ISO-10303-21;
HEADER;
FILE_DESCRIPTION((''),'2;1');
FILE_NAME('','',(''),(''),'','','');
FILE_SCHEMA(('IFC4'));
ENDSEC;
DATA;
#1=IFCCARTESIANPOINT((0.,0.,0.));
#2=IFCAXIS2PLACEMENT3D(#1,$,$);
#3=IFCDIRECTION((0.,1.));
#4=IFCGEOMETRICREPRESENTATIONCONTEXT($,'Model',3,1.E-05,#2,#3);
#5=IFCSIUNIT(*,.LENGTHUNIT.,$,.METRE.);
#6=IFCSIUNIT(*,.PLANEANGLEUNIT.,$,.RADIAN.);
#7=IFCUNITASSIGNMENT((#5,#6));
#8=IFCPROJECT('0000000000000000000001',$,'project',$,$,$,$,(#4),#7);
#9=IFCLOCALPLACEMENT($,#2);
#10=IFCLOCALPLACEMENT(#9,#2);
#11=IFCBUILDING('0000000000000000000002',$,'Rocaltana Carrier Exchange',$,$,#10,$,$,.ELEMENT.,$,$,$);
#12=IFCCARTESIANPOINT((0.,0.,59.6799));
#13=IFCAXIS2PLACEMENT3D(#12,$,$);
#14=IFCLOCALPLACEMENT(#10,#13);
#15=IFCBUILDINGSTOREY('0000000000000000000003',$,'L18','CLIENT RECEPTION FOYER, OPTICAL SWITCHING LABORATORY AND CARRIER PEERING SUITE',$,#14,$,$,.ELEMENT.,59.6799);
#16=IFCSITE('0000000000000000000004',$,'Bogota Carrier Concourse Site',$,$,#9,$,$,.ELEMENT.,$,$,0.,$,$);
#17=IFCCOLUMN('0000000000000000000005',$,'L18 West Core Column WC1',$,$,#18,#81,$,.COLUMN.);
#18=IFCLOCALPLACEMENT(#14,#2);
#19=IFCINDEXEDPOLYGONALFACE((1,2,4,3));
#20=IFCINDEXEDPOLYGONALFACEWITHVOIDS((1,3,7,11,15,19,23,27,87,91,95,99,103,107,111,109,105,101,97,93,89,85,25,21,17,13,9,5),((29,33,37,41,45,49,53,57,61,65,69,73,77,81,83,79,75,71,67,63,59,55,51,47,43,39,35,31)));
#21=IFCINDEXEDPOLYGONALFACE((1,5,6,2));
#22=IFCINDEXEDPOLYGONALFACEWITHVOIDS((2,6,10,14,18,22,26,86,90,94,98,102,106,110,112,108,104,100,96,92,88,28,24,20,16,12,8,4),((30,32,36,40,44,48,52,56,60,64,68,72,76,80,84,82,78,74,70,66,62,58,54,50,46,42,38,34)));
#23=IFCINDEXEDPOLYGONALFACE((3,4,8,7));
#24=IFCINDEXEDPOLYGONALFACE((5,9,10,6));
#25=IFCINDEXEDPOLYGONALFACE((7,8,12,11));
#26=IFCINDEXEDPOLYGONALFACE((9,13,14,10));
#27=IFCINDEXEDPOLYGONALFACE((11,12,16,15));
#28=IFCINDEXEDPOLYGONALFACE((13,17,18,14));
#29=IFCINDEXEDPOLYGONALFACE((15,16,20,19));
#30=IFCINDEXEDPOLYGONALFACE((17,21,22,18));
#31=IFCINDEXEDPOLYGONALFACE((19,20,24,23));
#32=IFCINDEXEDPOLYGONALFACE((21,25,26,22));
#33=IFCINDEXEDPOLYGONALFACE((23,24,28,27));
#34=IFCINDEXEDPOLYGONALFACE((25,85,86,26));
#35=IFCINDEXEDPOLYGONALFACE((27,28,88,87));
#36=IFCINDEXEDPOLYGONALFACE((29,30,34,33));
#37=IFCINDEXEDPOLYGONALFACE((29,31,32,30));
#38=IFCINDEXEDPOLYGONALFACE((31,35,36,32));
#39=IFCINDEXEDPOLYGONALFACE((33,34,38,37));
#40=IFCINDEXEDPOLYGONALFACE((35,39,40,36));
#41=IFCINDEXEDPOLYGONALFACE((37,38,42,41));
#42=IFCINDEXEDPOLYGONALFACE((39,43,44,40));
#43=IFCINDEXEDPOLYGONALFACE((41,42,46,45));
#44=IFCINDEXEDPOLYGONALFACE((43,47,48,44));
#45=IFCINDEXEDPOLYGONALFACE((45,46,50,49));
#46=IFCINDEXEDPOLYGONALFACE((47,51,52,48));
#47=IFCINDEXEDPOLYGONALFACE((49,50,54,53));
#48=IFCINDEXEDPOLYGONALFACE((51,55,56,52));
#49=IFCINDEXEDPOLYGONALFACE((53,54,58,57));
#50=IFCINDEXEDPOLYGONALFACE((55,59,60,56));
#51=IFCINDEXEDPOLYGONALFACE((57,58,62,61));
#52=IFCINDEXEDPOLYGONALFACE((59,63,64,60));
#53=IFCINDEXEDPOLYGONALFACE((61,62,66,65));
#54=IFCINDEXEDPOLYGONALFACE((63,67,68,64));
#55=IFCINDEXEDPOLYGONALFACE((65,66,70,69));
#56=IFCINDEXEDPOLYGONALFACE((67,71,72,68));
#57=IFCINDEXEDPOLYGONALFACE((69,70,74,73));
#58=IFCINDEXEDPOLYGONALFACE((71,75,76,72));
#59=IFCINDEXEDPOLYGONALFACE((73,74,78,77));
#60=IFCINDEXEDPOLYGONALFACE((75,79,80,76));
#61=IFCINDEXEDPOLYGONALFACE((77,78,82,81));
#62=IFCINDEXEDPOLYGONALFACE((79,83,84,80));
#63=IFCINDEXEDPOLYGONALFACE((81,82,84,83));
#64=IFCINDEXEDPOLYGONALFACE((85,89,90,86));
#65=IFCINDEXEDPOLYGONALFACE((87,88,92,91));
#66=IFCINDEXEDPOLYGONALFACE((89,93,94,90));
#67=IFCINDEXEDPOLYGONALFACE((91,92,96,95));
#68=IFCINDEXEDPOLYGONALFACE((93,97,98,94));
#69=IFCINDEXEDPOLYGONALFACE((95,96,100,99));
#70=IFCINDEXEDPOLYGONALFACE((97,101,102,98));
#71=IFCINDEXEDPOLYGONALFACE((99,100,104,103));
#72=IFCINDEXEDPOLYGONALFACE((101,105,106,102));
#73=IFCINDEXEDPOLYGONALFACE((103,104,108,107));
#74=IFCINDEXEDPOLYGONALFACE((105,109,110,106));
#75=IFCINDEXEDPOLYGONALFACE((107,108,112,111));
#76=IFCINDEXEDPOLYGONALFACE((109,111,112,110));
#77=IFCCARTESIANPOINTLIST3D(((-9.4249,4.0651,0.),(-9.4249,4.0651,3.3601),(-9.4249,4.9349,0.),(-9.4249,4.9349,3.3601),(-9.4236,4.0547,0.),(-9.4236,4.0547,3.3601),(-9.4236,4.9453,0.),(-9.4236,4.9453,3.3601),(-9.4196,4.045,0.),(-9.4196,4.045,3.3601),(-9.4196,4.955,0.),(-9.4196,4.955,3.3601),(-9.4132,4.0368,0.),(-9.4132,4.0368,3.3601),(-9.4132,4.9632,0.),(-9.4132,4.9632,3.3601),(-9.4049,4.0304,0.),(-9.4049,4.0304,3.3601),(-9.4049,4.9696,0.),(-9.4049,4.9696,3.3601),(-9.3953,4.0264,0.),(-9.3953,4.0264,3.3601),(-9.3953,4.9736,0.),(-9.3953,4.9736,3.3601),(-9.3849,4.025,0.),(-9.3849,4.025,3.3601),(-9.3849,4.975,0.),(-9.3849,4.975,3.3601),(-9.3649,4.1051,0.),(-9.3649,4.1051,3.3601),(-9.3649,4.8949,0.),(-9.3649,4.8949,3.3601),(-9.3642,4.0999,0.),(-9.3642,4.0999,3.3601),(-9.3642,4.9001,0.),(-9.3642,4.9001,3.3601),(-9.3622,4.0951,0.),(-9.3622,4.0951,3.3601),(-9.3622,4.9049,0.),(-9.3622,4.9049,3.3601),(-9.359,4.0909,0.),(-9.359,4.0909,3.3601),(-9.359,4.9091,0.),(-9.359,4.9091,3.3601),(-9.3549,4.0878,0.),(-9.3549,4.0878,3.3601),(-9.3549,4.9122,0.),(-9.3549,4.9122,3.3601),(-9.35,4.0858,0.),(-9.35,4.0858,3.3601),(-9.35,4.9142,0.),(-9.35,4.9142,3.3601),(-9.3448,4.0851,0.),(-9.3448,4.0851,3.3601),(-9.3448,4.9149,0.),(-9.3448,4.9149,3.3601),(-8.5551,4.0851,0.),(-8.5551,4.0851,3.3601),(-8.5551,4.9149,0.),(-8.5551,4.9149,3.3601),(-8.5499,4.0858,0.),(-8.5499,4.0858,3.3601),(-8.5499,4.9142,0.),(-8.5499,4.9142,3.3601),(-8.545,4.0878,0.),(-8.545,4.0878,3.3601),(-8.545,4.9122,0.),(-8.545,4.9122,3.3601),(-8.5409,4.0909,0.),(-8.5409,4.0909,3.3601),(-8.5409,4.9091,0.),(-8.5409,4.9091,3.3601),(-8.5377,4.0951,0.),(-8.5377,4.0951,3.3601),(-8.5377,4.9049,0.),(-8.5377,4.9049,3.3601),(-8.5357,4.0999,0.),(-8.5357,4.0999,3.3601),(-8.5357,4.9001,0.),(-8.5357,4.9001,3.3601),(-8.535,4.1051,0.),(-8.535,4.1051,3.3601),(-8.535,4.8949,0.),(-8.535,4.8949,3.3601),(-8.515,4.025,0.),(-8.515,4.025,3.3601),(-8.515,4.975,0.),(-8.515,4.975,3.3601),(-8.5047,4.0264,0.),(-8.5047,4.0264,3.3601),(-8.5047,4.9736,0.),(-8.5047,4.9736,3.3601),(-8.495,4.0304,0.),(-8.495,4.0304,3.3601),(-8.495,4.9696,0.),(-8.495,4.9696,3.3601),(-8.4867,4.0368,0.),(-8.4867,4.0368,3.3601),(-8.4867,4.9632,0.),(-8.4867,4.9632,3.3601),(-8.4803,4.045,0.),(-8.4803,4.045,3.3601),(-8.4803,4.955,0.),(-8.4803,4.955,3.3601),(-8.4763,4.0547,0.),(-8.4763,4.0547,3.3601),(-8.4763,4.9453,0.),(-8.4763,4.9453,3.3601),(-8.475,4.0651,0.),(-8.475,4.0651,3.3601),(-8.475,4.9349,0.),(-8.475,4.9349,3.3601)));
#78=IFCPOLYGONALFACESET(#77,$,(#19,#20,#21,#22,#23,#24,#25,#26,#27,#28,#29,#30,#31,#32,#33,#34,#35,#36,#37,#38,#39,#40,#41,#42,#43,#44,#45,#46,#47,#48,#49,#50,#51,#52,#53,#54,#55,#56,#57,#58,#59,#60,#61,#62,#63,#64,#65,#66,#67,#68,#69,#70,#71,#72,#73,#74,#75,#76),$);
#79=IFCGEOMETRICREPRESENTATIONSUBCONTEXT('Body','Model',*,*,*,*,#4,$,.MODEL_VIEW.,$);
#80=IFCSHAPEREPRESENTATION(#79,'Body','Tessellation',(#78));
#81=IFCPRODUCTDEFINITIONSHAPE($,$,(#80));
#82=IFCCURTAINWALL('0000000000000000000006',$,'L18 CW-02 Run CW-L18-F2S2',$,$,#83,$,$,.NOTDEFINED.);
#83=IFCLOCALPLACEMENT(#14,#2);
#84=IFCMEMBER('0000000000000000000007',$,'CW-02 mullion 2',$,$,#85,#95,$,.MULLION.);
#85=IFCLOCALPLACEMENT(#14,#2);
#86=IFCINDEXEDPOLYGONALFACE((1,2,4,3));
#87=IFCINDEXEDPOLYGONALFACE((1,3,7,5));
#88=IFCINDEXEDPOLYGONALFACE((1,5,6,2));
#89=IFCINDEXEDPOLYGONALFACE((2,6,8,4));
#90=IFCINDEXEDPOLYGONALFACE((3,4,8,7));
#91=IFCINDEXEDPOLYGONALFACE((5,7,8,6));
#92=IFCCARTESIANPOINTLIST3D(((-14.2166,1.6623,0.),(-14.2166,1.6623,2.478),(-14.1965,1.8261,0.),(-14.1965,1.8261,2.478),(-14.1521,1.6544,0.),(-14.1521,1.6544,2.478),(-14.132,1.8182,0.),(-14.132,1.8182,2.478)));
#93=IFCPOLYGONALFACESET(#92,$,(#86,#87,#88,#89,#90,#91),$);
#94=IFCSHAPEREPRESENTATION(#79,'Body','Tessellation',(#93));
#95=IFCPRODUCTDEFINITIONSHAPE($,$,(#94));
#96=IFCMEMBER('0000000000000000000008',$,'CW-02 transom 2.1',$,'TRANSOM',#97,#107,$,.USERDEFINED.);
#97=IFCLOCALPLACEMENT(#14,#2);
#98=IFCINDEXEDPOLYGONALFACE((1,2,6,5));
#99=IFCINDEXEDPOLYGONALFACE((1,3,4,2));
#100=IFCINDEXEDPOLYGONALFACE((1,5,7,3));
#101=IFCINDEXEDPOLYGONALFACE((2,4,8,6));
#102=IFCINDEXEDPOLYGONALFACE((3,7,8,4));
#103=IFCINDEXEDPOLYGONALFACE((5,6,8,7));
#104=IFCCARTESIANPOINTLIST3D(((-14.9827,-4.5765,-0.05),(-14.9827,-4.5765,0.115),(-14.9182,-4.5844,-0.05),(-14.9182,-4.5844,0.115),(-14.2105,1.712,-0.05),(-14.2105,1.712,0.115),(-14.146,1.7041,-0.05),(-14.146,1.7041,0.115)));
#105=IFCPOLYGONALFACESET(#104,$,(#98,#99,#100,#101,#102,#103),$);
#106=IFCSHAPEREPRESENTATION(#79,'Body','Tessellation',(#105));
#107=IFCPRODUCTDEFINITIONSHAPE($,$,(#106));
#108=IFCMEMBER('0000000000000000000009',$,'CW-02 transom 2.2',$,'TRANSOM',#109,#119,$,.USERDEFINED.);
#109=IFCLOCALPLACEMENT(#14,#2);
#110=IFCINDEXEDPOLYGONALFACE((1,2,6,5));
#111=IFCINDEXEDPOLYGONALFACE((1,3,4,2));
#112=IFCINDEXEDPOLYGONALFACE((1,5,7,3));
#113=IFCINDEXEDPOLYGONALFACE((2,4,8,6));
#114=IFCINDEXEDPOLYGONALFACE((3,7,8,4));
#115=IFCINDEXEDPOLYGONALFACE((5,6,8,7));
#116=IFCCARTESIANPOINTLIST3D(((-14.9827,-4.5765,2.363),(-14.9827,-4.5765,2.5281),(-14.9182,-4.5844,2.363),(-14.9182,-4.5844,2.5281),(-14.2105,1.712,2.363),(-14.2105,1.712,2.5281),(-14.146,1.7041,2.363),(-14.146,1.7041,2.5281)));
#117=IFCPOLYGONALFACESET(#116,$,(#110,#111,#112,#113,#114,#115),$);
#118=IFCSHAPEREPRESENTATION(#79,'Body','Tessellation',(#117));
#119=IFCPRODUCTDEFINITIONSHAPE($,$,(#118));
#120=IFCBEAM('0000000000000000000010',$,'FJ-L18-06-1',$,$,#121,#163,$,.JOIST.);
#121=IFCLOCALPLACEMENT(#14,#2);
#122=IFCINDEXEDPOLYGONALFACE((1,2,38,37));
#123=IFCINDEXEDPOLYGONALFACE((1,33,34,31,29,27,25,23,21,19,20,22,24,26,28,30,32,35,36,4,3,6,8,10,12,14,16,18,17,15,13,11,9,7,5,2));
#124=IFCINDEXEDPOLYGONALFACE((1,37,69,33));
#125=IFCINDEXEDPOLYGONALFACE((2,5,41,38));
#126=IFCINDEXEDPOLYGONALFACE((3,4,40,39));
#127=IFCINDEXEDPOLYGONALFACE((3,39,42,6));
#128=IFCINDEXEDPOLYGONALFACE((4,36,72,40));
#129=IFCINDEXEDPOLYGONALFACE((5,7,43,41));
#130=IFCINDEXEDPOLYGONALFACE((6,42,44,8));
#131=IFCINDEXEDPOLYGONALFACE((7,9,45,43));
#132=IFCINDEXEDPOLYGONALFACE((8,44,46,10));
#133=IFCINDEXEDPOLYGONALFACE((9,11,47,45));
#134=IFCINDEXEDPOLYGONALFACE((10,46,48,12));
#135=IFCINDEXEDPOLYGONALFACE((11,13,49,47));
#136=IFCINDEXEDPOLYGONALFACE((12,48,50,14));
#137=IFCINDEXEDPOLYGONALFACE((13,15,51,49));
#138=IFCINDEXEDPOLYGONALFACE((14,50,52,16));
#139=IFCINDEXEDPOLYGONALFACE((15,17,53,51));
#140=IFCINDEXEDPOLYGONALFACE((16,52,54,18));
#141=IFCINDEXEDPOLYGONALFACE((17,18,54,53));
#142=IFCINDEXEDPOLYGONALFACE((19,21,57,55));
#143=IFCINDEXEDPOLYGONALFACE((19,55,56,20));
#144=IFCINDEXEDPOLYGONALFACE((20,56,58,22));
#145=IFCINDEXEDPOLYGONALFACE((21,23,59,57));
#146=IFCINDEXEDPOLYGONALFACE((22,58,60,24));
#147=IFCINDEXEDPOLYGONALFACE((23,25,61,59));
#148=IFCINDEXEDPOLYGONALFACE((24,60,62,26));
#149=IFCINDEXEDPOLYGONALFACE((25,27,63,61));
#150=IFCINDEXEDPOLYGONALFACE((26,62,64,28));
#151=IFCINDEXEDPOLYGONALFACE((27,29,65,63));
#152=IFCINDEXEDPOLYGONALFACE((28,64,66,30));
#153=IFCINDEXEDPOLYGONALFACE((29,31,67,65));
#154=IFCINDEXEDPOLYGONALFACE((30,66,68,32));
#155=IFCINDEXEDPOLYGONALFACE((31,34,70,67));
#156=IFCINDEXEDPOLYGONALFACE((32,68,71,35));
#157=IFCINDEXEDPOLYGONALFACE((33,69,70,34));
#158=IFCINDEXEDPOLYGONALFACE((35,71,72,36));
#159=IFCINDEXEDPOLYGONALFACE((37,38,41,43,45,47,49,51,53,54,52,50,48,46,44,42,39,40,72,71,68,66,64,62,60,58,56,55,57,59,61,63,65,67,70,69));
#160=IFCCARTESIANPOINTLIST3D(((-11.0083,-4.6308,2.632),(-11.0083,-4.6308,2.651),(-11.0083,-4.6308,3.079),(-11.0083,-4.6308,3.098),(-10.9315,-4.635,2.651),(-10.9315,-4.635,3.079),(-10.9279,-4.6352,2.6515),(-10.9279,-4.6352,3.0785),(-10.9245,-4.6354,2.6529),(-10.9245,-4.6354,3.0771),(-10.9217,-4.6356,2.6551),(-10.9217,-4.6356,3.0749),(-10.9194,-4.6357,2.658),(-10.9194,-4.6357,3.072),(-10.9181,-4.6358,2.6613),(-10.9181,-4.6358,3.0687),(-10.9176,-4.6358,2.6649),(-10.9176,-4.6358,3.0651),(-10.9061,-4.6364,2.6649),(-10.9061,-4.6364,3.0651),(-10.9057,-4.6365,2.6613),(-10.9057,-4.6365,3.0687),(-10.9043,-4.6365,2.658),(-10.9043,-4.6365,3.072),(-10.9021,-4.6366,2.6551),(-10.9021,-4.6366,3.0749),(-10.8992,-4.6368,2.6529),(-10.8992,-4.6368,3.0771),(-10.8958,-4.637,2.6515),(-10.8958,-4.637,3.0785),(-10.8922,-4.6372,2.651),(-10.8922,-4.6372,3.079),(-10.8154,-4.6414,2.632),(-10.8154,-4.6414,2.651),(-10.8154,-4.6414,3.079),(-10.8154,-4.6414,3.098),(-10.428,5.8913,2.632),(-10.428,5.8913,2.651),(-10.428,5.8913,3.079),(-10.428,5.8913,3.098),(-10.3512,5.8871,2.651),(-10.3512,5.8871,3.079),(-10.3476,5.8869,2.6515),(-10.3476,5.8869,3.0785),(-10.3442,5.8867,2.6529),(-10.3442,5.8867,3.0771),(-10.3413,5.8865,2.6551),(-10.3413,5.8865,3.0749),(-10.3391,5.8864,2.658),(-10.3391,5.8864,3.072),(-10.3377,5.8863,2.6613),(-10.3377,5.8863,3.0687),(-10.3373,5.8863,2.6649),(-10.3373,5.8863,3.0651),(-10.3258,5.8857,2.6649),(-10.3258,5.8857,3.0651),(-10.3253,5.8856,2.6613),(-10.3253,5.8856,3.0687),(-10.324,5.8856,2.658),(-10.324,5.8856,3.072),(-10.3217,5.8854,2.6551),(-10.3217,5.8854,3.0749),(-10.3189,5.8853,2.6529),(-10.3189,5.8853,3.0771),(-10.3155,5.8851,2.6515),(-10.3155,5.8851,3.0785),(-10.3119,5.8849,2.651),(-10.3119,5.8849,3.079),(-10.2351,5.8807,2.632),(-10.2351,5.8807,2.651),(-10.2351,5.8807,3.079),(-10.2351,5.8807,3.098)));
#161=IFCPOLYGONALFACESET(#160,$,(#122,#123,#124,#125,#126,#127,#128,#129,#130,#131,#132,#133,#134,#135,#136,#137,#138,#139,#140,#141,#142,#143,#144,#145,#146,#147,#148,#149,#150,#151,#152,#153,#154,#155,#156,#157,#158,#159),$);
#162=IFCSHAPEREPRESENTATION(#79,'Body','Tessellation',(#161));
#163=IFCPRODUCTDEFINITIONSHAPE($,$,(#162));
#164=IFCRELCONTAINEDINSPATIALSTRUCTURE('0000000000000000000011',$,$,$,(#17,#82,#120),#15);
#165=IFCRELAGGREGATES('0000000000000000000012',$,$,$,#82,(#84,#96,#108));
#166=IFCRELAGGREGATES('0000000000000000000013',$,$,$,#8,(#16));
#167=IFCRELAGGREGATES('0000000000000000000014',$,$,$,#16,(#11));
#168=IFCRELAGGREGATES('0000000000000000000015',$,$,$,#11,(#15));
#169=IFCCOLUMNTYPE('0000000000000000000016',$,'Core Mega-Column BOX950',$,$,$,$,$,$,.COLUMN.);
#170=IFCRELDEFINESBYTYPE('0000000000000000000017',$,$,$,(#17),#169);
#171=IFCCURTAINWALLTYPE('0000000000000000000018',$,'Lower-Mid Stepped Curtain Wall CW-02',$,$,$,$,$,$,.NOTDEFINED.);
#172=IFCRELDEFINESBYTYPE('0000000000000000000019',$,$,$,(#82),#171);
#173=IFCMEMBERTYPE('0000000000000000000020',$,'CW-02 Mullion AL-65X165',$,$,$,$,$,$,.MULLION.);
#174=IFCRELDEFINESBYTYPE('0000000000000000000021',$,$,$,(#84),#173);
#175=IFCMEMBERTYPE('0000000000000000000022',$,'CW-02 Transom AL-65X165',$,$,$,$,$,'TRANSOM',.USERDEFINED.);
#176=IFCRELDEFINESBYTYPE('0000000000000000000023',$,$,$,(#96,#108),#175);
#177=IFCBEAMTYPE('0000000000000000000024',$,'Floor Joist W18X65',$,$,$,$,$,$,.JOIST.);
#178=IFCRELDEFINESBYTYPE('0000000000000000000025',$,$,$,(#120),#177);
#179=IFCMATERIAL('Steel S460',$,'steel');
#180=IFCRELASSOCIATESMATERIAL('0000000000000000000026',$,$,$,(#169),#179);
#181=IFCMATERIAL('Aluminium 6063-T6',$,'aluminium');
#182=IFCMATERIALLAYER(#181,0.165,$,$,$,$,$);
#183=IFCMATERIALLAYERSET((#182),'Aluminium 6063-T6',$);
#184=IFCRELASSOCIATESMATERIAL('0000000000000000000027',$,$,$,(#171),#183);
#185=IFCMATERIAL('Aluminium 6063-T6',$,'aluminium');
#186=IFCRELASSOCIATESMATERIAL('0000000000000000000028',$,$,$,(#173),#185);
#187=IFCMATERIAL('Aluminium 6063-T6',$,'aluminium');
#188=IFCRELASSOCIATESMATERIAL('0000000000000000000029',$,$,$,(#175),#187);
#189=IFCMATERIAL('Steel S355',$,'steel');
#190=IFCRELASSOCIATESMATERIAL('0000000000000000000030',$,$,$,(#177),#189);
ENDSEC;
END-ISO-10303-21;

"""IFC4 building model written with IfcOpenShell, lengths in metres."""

from ifc_helpers import new_model, si_unit, direction, frame, origin, origin_2d, place, context, subcontext, project, spatial, rectangle, hollow_rectangle, i_section, extrude, material, layer, layer_set, material_profile, profile_set, type_object, element, aggregate, save


model = new_model("IFC4")

# Units and contexts
model_context = context("Model", 3, precision=1e-05, world=origin(), true_north=direction((0.0, 1.0)))
body_context = subcontext(model_context, "Body", "Model", "MODEL_VIEW")
ifc_project = project(units=[si_unit("LENGTHUNIT", "METRE"), si_unit("PLANEANGLEUNIT", "RADIAN")], contexts=[model_context])

# Site, building, storey
site_placement = place(None, origin())
site = spatial("IfcSite", under=ifc_project, at=site_placement, Name="Bogota Carrier Concourse Site", CompositionType="ELEMENT", RefElevation=0.0)
building_placement = place(site_placement, origin())
building = spatial("IfcBuilding", under=site, at=building_placement, Name="Rocaltana Carrier Exchange", CompositionType="ELEMENT")
storey_placement = place(building_placement, frame((0.0, 0.0, 59.6799)))
storey = spatial("IfcBuildingStorey", under=building, at=storey_placement, Name="L18", Description="CLIENT RECEPTION FOYER, OPTICAL SWITCHING LABORATORY AND CARRIER PEERING SUITE", CompositionType="ELEMENT", Elevation=59.6799)

# Column
ifc_material_1 = material(Name="Steel S460", Category="steel")
ifc_material_profile_1 = material_profile(ifc_material_1, hollow_rectangle(XDim=0.95, YDim=0.95, WallThickness=0.0601, InnerFilletRadius=0.02, OuterFilletRadius=0.04, at=origin_2d()), Name="BOX950X950X60")
ifc_profile_set_1 = profile_set([ifc_material_profile_1], Name="Steel S460")
column_type = type_object("IfcColumnType", Name="Core Mega-Column BOX950", PredefinedType="COLUMN", material=ifc_profile_set_1)
column_placement = place(storey_placement, frame((-8.95, 4.5, 0.0), z_axis=(0.0, 0.0, 1.0), x_axis=(1.0, 0.0, 0.0)))
element("IfcColumn", 1, at=column_placement, inside=storey, type_object=column_type, Name="L18 West Core Column WC1", PredefinedType="COLUMN", context=body_context, shape_type="SweptSolid", body=[
    extrude(hollow_rectangle(XDim=0.95, YDim=0.95, WallThickness=0.0601, InnerFilletRadius=0.02, OuterFilletRadius=0.04, at=origin_2d()), origin(), (0.0, 0.0, 1.0), 3.3601),
])

# Curtain wall, members
ifc_material_2 = material(Name="Aluminium 6063-T6", Category="aluminium")
ifc_layer_1 = layer(ifc_material_2, 0.165)
ifc_layer_set_1 = layer_set([ifc_layer_1], Name="Aluminium 6063-T6")
curtain_wall_type = type_object("IfcCurtainWallType", Name="Lower-Mid Stepped Curtain Wall CW-02", PredefinedType="NOTDEFINED", material=ifc_layer_set_1)
curtain_wall_placement = place(storey_placement, origin())
curtain_wall = element("IfcCurtainWall", 2, at=curtain_wall_placement, inside=storey, type_object=curtain_wall_type, Name="L18 CW-02 Run CW-L18-F2S2", PredefinedType="NOTDEFINED")
ifc_material_3 = material(Name="Aluminium 6063-T6", Category="aluminium")
ifc_material_profile_2 = material_profile(ifc_material_3, rectangle(XDim=0.0649, YDim=0.165, at=origin_2d()), Name="AL-65X165")
ifc_profile_set_2 = profile_set([ifc_material_profile_2], Name="Aluminium 6063-T6")
member_type_1 = type_object("IfcMemberType", Name="CW-02 Mullion AL-65X165", PredefinedType="MULLION", material=ifc_profile_set_2)
member_1_placement = place(storey_placement, frame((-14.1743, 1.7402, 0.0), z_axis=(0.0, 0.0, 1.0), x_axis=(0.992546, -0.121874, 0.0)))
member_1 = element("IfcMember", 3, at=member_1_placement, type_object=member_type_1, Name="CW-02 mullion 2", PredefinedType="MULLION", context=body_context, shape_type="SweptSolid", body=[
    extrude(rectangle(XDim=0.0649, YDim=0.165, at=origin_2d()), origin(), (0.0, 0.0, 1.0), 2.478),
])
ifc_material_4 = material(Name="Aluminium 6063-T6", Category="aluminium")
ifc_material_profile_3 = material_profile(ifc_material_4, rectangle(XDim=0.0649, YDim=0.165, at=origin_2d()), Name="AL-65X165")
ifc_profile_set_3 = profile_set([ifc_material_profile_3], Name="Aluminium 6063-T6")
member_type_2 = type_object("IfcMemberType", Name="CW-02 Transom AL-65X165", ElementType="TRANSOM", PredefinedType="USERDEFINED", material=ifc_profile_set_3)
member_2_placement = place(storey_placement, frame((-14.1782, 1.708, 0.0325), z_axis=(-0.121881, -0.992545, 0.0), x_axis=(0.992545, -0.121881, 0.0)))
member_2 = element("IfcMember", 4, at=member_2_placement, type_object=member_type_2, Name="CW-02 transom 2.1", ObjectType="TRANSOM", PredefinedType="USERDEFINED", context=body_context, shape_type="SweptSolid", body=[
    extrude(rectangle(XDim=0.0649, YDim=0.165, at=origin_2d()), origin(), (0.0, 0.0, 1.0), 6.3357),
])
member_3_placement = place(storey_placement, frame((-14.1782, 1.708, 2.4456), z_axis=(-0.121881, -0.992545, 0.0), x_axis=(0.992545, -0.121881, 0.0)))
member_3 = element("IfcMember", 5, at=member_3_placement, type_object=member_type_2, Name="CW-02 transom 2.2", ObjectType="TRANSOM", PredefinedType="USERDEFINED", context=body_context, shape_type="SweptSolid", body=[
    extrude(rectangle(XDim=0.0649, YDim=0.165, at=origin_2d()), origin(), (0.0, 0.0, 1.0), 6.3357),
])

# Beam
ifc_material_5 = material(Name="Steel S355", Category="steel")
ifc_material_profile_4 = material_profile(ifc_material_5, i_section(OverallWidth=0.1931, OverallDepth=0.4661, WebThickness=0.0115, FlangeThickness=0.019, FilletRadius=0.0139, at=origin_2d()), Name="W18X65")
ifc_profile_set_4 = profile_set([ifc_material_profile_4], Name="Steel S355")
beam_type_1 = type_object("IfcBeamType", Name="Floor Joist W18X65", PredefinedType="JOIST", material=ifc_profile_set_4)
beam_1_placement = place(storey_placement, frame((-10.3315, 5.886, 2.865), z_axis=(-0.055068, -0.998483, 0.0), x_axis=(0.998483, -0.055068, 0.0)))
element("IfcBeam", 6, at=beam_1_placement, inside=storey, type_object=beam_type_1, Name="FJ-L18-06-1", PredefinedType="JOIST", context=body_context, shape_type="SweptSolid", body=[
    extrude(i_section(OverallWidth=0.1931, OverallDepth=0.4661, WebThickness=0.0115, FlangeThickness=0.019, FilletRadius=0.0139, at=origin_2d()), origin(), (0.0, 0.0, 1.0), 10.5381),
])

aggregate(curtain_wall, [member_1, member_2, member_3])

save(model, "model.ifc")
